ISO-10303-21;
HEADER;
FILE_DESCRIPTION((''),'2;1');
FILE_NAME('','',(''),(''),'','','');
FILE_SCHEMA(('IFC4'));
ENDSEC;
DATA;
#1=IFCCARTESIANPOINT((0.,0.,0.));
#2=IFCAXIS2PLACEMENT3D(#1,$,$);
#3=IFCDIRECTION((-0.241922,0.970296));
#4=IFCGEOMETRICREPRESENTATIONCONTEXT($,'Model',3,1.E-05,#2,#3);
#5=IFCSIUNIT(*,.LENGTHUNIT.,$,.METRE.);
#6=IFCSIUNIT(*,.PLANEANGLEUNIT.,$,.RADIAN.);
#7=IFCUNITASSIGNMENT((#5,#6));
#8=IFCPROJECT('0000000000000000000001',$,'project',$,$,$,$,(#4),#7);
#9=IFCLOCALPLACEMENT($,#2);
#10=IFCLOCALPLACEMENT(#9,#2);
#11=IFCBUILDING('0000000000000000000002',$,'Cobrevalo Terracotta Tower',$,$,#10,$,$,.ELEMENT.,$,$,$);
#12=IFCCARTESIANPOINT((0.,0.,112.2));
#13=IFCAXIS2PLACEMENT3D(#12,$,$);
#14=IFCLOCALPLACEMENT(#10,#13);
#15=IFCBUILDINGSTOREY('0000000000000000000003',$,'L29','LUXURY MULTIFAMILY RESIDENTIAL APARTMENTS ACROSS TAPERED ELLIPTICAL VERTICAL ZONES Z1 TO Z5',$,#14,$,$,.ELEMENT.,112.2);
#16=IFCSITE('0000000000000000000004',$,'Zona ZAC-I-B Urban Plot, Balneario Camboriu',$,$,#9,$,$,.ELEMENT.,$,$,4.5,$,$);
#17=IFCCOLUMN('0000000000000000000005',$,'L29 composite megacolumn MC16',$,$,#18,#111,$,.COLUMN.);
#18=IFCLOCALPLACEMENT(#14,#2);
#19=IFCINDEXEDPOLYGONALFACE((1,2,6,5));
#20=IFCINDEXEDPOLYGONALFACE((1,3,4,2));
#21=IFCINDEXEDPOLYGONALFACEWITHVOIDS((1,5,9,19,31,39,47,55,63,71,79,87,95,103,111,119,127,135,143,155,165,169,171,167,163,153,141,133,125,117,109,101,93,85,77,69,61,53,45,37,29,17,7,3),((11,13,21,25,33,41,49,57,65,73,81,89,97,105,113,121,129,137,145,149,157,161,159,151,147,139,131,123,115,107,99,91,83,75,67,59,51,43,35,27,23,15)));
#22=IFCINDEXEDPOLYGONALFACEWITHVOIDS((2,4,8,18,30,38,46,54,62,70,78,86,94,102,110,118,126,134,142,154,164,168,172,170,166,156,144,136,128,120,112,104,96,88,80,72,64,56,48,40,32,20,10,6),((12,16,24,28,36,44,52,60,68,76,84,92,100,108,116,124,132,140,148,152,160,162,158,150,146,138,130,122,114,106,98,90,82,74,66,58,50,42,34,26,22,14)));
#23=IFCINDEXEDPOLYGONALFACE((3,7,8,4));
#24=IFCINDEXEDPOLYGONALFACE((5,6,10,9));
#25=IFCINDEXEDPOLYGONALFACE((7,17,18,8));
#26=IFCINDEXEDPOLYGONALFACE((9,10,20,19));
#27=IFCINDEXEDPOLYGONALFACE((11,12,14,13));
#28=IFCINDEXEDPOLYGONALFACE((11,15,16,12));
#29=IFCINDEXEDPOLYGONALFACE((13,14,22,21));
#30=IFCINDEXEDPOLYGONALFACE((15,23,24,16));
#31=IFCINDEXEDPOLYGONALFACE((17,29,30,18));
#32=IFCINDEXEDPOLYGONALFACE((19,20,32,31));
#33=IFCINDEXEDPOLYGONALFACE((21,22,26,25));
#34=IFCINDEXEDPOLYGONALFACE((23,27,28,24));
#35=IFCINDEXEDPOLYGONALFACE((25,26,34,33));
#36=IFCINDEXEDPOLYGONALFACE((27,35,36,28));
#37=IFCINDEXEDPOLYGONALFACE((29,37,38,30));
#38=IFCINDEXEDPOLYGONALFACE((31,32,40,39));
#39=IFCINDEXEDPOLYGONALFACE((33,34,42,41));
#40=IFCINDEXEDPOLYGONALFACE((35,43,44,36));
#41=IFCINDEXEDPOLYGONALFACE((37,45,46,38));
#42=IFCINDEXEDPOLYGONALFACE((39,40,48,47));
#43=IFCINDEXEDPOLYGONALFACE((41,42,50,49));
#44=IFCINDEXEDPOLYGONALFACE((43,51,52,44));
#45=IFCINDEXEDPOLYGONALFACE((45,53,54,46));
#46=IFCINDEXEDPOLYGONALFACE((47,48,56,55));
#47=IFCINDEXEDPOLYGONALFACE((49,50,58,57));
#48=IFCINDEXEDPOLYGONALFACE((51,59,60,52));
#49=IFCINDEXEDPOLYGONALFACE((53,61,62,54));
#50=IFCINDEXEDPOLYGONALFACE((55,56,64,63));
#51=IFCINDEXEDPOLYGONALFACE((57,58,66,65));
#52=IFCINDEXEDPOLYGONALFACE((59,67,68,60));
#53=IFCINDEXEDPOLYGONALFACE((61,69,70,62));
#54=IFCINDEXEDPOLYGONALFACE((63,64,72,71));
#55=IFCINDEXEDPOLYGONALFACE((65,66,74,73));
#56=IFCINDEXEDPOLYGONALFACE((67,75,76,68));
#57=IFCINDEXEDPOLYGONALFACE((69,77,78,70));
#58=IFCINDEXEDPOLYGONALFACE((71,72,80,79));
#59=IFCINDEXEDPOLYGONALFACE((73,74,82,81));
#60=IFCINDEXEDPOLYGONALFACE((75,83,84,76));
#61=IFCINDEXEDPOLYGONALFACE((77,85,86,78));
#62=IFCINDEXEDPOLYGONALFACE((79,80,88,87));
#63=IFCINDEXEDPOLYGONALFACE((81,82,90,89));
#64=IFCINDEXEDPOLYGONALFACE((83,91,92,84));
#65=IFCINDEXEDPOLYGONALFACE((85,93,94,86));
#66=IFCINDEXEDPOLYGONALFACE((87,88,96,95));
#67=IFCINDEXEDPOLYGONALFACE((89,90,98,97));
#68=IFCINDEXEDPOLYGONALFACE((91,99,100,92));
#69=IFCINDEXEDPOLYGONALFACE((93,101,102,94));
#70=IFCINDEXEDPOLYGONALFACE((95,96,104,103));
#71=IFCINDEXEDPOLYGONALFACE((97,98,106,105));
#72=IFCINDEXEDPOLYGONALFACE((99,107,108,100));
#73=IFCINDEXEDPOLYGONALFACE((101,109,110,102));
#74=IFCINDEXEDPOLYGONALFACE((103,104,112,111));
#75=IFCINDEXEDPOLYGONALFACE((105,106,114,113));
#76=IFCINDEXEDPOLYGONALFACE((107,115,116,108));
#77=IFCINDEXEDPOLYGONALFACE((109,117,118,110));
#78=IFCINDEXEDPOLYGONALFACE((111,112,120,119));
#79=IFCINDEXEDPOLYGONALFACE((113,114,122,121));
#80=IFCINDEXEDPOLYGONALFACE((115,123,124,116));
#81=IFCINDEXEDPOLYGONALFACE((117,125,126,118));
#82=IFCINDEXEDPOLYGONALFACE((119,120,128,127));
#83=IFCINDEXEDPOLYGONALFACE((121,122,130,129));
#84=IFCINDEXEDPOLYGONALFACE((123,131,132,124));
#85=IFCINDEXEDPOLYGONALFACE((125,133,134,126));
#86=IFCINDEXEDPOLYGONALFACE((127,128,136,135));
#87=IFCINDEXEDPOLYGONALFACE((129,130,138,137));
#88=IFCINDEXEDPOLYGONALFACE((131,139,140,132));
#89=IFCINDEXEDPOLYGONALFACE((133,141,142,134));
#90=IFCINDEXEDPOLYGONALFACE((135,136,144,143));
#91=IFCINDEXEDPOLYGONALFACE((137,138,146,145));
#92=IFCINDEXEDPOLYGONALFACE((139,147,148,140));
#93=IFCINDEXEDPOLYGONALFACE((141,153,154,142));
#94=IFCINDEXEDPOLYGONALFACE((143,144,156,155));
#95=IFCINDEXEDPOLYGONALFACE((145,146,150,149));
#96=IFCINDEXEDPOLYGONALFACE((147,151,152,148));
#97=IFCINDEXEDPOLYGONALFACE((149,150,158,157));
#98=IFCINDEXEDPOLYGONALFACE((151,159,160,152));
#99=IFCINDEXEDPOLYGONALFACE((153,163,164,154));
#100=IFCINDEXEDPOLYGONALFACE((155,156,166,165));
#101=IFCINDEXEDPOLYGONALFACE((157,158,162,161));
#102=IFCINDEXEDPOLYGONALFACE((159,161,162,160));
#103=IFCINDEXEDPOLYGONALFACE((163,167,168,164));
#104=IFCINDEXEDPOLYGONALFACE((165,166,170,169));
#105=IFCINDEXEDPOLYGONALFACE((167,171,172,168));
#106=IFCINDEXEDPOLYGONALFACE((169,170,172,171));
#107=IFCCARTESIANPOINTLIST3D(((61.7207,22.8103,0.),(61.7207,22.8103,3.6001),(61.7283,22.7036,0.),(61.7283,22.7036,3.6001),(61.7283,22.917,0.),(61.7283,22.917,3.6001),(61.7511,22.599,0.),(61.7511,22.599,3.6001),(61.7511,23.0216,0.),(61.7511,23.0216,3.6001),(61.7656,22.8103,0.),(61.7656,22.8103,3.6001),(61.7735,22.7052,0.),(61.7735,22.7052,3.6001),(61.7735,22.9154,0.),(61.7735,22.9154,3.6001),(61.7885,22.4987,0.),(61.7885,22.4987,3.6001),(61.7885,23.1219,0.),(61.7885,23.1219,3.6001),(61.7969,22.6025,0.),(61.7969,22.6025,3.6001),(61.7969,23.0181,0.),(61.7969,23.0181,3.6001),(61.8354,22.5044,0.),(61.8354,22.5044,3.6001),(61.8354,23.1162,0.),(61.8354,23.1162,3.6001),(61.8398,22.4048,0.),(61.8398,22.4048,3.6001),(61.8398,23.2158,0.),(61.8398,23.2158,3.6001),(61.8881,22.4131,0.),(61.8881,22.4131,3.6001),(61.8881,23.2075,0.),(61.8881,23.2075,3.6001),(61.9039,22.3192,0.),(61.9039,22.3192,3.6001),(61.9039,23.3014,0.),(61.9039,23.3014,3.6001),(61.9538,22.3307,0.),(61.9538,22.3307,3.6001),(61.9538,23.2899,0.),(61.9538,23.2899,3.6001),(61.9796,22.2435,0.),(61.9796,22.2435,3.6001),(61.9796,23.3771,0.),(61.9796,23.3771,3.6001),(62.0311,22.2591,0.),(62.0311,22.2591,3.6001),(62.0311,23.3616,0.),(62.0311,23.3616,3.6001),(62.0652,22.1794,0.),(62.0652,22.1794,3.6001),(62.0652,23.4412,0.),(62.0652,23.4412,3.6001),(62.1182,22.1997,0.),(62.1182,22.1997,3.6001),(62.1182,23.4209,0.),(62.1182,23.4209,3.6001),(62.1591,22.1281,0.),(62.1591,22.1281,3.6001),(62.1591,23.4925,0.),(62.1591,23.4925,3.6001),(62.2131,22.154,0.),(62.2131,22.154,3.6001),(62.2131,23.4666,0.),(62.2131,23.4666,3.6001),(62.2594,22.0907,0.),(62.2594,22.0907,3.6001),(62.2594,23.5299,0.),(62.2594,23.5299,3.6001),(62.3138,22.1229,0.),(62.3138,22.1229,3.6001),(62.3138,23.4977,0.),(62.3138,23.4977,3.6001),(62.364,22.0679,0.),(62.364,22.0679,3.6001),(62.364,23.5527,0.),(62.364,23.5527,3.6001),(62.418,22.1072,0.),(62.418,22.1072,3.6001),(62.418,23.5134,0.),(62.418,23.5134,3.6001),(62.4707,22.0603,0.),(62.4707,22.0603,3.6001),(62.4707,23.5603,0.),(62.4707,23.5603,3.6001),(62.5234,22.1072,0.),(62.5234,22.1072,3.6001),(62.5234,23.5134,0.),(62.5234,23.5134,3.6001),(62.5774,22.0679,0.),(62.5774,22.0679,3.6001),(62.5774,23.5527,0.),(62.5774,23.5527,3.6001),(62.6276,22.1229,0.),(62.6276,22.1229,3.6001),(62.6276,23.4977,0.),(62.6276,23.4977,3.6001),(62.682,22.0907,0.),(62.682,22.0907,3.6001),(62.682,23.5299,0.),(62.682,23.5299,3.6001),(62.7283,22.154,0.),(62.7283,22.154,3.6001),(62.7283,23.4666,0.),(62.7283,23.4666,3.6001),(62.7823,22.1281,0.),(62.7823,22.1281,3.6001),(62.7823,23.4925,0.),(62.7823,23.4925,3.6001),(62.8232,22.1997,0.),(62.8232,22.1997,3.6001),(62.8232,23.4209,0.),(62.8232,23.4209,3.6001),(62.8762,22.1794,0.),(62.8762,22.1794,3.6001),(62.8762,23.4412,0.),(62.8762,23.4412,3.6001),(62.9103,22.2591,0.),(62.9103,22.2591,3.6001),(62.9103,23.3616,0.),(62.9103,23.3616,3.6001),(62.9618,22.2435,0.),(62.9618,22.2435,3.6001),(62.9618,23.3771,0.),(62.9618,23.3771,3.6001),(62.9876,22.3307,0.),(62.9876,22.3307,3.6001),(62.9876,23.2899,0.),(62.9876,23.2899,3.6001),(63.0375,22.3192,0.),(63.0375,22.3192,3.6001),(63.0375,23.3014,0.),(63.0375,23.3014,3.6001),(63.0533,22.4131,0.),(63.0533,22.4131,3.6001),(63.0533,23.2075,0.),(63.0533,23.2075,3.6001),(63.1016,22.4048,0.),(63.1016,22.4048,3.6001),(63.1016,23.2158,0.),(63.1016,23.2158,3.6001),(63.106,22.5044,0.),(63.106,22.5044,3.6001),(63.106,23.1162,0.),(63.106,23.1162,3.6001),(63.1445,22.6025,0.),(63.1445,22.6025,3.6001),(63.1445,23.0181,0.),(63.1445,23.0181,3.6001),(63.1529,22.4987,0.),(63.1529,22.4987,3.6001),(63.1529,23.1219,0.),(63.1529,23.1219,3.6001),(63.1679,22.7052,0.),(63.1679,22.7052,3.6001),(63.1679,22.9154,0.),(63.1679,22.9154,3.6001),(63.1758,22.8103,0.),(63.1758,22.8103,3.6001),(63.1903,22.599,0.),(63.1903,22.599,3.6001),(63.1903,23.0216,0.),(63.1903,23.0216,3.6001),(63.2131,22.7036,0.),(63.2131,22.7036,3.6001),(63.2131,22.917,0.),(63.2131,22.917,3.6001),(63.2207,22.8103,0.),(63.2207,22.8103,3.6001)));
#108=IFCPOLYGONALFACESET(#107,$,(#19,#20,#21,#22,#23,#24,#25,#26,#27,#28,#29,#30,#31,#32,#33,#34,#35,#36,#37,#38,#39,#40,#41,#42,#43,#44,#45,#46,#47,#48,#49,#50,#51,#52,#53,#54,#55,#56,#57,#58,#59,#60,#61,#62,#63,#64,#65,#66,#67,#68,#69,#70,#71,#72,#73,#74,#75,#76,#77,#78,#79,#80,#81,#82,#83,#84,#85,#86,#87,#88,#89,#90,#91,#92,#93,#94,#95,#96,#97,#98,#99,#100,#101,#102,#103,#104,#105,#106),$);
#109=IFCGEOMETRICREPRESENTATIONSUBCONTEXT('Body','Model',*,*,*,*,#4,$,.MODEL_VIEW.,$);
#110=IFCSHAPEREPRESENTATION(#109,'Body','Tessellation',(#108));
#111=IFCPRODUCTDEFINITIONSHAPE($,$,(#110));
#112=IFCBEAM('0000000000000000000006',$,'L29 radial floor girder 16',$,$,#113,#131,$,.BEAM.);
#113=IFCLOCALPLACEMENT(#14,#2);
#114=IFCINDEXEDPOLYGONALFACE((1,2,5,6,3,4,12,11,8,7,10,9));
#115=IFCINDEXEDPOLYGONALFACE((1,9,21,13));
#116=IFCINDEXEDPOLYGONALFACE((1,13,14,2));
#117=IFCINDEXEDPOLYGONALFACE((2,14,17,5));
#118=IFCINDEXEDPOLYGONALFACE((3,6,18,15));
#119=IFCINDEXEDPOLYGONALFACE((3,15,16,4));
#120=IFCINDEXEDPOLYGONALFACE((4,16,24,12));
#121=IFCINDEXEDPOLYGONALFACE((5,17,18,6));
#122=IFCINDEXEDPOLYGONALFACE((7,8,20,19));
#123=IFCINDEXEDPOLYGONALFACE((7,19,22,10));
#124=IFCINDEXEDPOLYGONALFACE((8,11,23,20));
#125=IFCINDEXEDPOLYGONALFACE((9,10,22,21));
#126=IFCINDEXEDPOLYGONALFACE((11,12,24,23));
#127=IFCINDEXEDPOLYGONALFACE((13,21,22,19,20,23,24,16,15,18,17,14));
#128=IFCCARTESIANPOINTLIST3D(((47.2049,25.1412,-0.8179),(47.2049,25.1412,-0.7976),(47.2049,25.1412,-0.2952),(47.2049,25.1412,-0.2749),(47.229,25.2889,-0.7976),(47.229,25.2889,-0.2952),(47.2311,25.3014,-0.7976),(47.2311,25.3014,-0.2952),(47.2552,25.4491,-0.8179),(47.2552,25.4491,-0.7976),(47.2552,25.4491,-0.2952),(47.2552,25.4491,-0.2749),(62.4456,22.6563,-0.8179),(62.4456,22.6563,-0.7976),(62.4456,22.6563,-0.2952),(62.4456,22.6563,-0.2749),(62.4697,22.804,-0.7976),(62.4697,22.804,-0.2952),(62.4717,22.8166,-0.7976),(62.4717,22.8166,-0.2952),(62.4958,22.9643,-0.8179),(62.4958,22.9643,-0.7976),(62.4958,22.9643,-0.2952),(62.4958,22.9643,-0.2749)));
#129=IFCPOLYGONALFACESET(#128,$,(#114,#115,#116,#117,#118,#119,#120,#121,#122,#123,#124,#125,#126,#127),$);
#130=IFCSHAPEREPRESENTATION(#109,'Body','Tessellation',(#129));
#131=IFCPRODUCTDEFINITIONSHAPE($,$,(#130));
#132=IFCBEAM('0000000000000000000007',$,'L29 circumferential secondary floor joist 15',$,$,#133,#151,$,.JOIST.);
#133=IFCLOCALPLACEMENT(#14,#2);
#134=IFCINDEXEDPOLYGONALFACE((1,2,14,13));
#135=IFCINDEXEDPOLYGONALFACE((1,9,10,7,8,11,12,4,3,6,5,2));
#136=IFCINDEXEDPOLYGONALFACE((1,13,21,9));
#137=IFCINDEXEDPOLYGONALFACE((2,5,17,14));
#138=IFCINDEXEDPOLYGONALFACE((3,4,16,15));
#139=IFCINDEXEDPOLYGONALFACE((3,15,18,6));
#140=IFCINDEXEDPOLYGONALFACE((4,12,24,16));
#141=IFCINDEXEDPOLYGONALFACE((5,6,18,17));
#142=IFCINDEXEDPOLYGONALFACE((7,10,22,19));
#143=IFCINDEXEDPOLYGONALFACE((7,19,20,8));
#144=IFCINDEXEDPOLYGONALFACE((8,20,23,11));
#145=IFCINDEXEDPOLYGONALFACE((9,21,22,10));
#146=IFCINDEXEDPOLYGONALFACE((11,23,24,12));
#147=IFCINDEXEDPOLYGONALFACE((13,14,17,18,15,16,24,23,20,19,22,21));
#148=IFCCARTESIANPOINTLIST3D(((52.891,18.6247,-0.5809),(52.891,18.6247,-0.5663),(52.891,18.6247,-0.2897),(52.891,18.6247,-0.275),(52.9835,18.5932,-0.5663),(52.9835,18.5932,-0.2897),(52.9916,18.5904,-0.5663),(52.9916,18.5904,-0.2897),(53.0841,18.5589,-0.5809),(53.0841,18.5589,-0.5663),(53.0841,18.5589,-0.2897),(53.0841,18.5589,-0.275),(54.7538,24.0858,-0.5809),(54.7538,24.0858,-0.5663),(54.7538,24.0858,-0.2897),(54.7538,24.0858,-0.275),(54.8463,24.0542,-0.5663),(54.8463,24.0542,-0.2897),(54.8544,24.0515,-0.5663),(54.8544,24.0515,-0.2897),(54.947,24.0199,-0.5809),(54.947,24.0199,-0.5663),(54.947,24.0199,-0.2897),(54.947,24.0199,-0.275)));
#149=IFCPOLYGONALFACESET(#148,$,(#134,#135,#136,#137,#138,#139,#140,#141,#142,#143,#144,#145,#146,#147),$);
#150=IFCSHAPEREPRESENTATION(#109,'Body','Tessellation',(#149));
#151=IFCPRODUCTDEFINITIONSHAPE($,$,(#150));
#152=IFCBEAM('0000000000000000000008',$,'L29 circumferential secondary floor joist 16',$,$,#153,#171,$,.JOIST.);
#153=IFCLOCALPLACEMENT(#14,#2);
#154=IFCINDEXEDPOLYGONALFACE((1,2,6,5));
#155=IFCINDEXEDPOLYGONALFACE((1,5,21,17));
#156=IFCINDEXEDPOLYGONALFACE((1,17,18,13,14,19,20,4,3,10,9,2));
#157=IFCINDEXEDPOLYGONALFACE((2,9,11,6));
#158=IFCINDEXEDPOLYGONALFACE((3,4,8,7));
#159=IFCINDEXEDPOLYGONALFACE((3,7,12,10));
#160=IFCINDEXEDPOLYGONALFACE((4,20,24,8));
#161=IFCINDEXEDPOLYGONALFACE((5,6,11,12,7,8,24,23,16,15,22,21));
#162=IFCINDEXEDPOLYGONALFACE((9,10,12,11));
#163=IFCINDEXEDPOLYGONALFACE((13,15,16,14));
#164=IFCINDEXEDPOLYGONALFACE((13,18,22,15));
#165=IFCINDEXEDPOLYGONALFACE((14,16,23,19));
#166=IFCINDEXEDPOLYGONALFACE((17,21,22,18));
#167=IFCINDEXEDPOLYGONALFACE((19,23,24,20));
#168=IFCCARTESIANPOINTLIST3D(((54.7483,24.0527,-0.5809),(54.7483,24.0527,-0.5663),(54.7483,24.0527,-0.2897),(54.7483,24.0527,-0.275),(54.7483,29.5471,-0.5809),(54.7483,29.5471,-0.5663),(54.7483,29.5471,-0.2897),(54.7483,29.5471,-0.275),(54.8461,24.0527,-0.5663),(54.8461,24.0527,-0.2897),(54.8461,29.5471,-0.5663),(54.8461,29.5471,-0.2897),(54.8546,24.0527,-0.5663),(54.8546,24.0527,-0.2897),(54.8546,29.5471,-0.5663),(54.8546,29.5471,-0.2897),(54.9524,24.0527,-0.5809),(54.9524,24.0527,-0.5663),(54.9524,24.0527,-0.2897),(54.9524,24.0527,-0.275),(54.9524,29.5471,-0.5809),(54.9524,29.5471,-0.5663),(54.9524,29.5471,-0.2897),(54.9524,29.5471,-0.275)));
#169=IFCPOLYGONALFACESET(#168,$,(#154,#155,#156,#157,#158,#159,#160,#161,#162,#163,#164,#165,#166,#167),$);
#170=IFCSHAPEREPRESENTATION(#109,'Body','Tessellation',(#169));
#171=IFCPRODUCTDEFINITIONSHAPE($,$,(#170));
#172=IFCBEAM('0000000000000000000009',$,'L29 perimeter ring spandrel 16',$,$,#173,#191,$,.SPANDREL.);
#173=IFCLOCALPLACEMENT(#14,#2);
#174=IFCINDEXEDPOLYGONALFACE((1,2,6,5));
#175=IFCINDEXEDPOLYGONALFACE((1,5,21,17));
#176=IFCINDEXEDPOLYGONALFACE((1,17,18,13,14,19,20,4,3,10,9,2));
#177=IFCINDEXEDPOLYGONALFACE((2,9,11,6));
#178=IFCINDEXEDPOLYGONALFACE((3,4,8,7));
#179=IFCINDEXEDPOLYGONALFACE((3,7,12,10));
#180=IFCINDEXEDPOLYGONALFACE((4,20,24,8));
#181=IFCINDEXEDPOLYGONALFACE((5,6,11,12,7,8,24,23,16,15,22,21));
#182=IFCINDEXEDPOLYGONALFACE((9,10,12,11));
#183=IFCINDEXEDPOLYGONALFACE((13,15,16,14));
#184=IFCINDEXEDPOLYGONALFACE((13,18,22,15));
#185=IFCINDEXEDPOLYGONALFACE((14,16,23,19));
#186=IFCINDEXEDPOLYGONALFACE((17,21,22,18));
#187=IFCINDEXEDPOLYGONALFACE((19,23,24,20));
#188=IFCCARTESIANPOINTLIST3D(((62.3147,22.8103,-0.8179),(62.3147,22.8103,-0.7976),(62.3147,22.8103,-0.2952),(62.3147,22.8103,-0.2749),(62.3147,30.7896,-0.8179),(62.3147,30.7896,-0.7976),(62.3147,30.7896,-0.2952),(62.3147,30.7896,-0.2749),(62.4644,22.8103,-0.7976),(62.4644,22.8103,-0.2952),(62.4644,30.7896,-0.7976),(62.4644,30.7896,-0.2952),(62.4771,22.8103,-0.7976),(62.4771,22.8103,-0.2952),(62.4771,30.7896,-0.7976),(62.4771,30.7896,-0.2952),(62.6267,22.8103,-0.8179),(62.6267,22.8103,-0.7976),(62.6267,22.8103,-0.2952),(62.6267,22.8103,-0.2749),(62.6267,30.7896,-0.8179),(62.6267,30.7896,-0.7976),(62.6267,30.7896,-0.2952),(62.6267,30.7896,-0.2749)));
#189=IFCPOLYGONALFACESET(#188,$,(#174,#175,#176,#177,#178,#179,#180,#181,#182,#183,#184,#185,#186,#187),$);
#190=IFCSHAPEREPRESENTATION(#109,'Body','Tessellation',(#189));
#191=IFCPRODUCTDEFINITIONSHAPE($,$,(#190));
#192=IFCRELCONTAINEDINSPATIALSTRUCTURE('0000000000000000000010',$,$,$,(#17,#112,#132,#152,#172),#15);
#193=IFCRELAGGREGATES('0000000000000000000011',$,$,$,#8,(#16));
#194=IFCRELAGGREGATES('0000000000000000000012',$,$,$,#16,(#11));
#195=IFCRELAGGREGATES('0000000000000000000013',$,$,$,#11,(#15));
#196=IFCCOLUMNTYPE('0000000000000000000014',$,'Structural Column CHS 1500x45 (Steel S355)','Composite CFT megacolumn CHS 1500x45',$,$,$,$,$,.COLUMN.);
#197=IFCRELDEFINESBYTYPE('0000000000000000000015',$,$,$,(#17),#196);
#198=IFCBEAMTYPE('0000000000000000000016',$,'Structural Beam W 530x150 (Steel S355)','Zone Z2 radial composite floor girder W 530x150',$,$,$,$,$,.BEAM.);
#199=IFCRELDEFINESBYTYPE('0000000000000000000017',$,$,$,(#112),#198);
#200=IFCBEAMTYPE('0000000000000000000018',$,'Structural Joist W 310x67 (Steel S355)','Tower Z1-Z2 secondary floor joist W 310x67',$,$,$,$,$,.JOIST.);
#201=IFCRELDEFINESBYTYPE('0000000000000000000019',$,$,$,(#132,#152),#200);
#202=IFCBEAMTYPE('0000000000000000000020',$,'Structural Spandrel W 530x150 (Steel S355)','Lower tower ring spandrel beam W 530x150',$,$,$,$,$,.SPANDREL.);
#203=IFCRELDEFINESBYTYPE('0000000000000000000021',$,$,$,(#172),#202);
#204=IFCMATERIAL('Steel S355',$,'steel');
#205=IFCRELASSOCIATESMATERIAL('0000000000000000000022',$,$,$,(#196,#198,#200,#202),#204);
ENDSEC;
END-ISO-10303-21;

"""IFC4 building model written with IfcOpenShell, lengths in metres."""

from ifc_helpers import new_model, si_unit, direction, frame, origin, origin_2d, place, context, subcontext, project, spatial, hollow_circle, i_section, extrude, material, material_profile, profile_set, type_object, element, save


model = new_model("IFC4")

# Units and contexts
model_context = context("Model", 3, precision=1e-05, world=origin(), true_north=direction((-0.241922, 0.970296)))
body_context = subcontext(model_context, "Body", "Model", "MODEL_VIEW")
ifc_project = project(units=[si_unit("LENGTHUNIT", "METRE"), si_unit("PLANEANGLEUNIT", "RADIAN")], contexts=[model_context])

# Site, building, storey
site_placement = place(None, origin())
site = spatial("IfcSite", under=ifc_project, at=site_placement, Name="Zona ZAC-I-B Urban Plot, Balneario Camboriu", CompositionType="ELEMENT", RefElevation=4.5)
building_placement = place(site_placement, origin())
building = spatial("IfcBuilding", under=site, at=building_placement, Name="Cobrevalo Terracotta Tower", CompositionType="ELEMENT")
storey_placement = place(building_placement, frame((0.0, 0.0, 112.2)))
storey = spatial("IfcBuildingStorey", under=building, at=storey_placement, Name="L29", Description="LUXURY MULTIFAMILY RESIDENTIAL APARTMENTS ACROSS TAPERED ELLIPTICAL VERTICAL ZONES Z1 TO Z5", CompositionType="ELEMENT", Elevation=112.2)

# Column
ifc_material_1 = material(Name="Steel S355", Category="steel")
ifc_material_profile_1 = material_profile(ifc_material_1, hollow_circle(Radius=0.75, WallThickness=0.0449, at=origin_2d()), Name="CHS 1500x45")
ifc_profile_set_1 = profile_set([ifc_material_profile_1], Name="Steel S355")
column_type = type_object("IfcColumnType", Name="Structural Column CHS 1500x45 (Steel S355)", Description="Composite CFT megacolumn CHS 1500x45", PredefinedType="COLUMN", material=ifc_profile_set_1)
column_placement = place(storey_placement, frame((62.4707, 22.8103, 0.0), z_axis=(0.0, 0.0, 1.0), x_axis=(1.0, 0.0, 0.0)))
element("IfcColumn", 1, at=column_placement, inside=storey, type_object=column_type, Name="L29 composite megacolumn MC16", PredefinedType="COLUMN", context=body_context, shape_type="SweptSolid", body=[
    extrude(hollow_circle(Radius=0.75, WallThickness=0.0449, at=origin_2d()), origin(), (0.0, 0.0, 1.0), 3.6001),
])

# Beams
ifc_material_profile_2 = material_profile(ifc_material_1, i_section(OverallWidth=0.312, OverallDepth=0.543, WebThickness=0.0127, FlangeThickness=0.0203, at=origin_2d()), Name="W 530x150")
ifc_profile_set_2 = profile_set([ifc_material_profile_2], Name="Steel S355")
beam_type_1 = type_object("IfcBeamType", Name="Structural Beam W 530x150 (Steel S355)", Description="Zone Z2 radial composite floor girder W 530x150", PredefinedType="BEAM", material=ifc_profile_set_2)
beam_1_placement = place(storey_placement, frame((62.4707, 22.8103, -0.5464), z_axis=(-0.986968, 0.160916, 0.0), x_axis=(-0.160916, -0.986968, 0.0)))
element("IfcBeam", 2, at=beam_1_placement, inside=storey, type_object=beam_type_1, Name="L29 radial floor girder 16", PredefinedType="BEAM", context=body_context, shape_type="SweptSolid", body=[
    extrude(i_section(OverallWidth=0.312, OverallDepth=0.543, WebThickness=0.0127, FlangeThickness=0.0203, at=origin_2d()), origin(), (0.0, 0.0, 1.0), 15.4419),
])
ifc_material_profile_3 = material_profile(ifc_material_1, i_section(OverallWidth=0.2041, OverallDepth=0.3059, WebThickness=0.0085, FlangeThickness=0.0146, at=origin_2d()), Name="W 310x67")
ifc_profile_set_3 = profile_set([ifc_material_profile_3], Name="Steel S355")
beam_type_2 = type_object("IfcBeamType", Name="Structural Joist W 310x67 (Steel S355)", Description="Tower Z1-Z2 secondary floor joist W 310x67", PredefinedType="JOIST", material=ifc_profile_set_3)
beam_2_placement = place(storey_placement, frame((52.9875, 18.5918, -0.428), z_axis=(0.322846, 0.946451, 0.0), x_axis=(-0.946451, 0.322846, 0.0)))
element("IfcBeam", 3, at=beam_2_placement, inside=storey, type_object=beam_type_2, Name="L29 circumferential secondary floor joist 15", PredefinedType="JOIST", context=body_context, shape_type="SweptSolid", body=[
    extrude(i_section(OverallWidth=0.2041, OverallDepth=0.3059, WebThickness=0.0085, FlangeThickness=0.0146, at=origin_2d()), origin(), (0.0, 0.0, 1.0), 5.77),
])
beam_3_placement = place(storey_placement, frame((54.8503, 24.0527, -0.428), z_axis=(0.0, 1.0, 0.0), x_axis=(-1.0, 0.0, 0.0)))
element("IfcBeam", 4, at=beam_3_placement, inside=storey, type_object=beam_type_2, Name="L29 circumferential secondary floor joist 16", PredefinedType="JOIST", context=body_context, shape_type="SweptSolid", body=[
    extrude(i_section(OverallWidth=0.2041, OverallDepth=0.3059, WebThickness=0.0085, FlangeThickness=0.0146, at=origin_2d()), origin(), (0.0, 0.0, 1.0), 5.4944),
])
ifc_material_profile_4 = material_profile(ifc_material_1, i_section(OverallWidth=0.312, OverallDepth=0.543, WebThickness=0.0127, FlangeThickness=0.0203, at=origin_2d()), Name="W 530x150")
ifc_profile_set_4 = profile_set([ifc_material_profile_4], Name="Steel S355")
beam_type_3 = type_object("IfcBeamType", Name="Structural Spandrel W 530x150 (Steel S355)", Description="Lower tower ring spandrel beam W 530x150", PredefinedType="SPANDREL", material=ifc_profile_set_4)
beam_4_placement = place(storey_placement, frame((62.4707, 22.8103, -0.5464), z_axis=(0.0, 1.0, 0.0), x_axis=(-1.0, 0.0, 0.0)))
element("IfcBeam", 5, at=beam_4_placement, inside=storey, type_object=beam_type_3, Name="L29 perimeter ring spandrel 16", PredefinedType="SPANDREL", context=body_context, shape_type="SweptSolid", body=[
    extrude(i_section(OverallWidth=0.312, OverallDepth=0.543, WebThickness=0.0127, FlangeThickness=0.0203, at=origin_2d()), origin(), (0.0, 0.0, 1.0), 7.9792),
])

save(model, "model.ifc")
